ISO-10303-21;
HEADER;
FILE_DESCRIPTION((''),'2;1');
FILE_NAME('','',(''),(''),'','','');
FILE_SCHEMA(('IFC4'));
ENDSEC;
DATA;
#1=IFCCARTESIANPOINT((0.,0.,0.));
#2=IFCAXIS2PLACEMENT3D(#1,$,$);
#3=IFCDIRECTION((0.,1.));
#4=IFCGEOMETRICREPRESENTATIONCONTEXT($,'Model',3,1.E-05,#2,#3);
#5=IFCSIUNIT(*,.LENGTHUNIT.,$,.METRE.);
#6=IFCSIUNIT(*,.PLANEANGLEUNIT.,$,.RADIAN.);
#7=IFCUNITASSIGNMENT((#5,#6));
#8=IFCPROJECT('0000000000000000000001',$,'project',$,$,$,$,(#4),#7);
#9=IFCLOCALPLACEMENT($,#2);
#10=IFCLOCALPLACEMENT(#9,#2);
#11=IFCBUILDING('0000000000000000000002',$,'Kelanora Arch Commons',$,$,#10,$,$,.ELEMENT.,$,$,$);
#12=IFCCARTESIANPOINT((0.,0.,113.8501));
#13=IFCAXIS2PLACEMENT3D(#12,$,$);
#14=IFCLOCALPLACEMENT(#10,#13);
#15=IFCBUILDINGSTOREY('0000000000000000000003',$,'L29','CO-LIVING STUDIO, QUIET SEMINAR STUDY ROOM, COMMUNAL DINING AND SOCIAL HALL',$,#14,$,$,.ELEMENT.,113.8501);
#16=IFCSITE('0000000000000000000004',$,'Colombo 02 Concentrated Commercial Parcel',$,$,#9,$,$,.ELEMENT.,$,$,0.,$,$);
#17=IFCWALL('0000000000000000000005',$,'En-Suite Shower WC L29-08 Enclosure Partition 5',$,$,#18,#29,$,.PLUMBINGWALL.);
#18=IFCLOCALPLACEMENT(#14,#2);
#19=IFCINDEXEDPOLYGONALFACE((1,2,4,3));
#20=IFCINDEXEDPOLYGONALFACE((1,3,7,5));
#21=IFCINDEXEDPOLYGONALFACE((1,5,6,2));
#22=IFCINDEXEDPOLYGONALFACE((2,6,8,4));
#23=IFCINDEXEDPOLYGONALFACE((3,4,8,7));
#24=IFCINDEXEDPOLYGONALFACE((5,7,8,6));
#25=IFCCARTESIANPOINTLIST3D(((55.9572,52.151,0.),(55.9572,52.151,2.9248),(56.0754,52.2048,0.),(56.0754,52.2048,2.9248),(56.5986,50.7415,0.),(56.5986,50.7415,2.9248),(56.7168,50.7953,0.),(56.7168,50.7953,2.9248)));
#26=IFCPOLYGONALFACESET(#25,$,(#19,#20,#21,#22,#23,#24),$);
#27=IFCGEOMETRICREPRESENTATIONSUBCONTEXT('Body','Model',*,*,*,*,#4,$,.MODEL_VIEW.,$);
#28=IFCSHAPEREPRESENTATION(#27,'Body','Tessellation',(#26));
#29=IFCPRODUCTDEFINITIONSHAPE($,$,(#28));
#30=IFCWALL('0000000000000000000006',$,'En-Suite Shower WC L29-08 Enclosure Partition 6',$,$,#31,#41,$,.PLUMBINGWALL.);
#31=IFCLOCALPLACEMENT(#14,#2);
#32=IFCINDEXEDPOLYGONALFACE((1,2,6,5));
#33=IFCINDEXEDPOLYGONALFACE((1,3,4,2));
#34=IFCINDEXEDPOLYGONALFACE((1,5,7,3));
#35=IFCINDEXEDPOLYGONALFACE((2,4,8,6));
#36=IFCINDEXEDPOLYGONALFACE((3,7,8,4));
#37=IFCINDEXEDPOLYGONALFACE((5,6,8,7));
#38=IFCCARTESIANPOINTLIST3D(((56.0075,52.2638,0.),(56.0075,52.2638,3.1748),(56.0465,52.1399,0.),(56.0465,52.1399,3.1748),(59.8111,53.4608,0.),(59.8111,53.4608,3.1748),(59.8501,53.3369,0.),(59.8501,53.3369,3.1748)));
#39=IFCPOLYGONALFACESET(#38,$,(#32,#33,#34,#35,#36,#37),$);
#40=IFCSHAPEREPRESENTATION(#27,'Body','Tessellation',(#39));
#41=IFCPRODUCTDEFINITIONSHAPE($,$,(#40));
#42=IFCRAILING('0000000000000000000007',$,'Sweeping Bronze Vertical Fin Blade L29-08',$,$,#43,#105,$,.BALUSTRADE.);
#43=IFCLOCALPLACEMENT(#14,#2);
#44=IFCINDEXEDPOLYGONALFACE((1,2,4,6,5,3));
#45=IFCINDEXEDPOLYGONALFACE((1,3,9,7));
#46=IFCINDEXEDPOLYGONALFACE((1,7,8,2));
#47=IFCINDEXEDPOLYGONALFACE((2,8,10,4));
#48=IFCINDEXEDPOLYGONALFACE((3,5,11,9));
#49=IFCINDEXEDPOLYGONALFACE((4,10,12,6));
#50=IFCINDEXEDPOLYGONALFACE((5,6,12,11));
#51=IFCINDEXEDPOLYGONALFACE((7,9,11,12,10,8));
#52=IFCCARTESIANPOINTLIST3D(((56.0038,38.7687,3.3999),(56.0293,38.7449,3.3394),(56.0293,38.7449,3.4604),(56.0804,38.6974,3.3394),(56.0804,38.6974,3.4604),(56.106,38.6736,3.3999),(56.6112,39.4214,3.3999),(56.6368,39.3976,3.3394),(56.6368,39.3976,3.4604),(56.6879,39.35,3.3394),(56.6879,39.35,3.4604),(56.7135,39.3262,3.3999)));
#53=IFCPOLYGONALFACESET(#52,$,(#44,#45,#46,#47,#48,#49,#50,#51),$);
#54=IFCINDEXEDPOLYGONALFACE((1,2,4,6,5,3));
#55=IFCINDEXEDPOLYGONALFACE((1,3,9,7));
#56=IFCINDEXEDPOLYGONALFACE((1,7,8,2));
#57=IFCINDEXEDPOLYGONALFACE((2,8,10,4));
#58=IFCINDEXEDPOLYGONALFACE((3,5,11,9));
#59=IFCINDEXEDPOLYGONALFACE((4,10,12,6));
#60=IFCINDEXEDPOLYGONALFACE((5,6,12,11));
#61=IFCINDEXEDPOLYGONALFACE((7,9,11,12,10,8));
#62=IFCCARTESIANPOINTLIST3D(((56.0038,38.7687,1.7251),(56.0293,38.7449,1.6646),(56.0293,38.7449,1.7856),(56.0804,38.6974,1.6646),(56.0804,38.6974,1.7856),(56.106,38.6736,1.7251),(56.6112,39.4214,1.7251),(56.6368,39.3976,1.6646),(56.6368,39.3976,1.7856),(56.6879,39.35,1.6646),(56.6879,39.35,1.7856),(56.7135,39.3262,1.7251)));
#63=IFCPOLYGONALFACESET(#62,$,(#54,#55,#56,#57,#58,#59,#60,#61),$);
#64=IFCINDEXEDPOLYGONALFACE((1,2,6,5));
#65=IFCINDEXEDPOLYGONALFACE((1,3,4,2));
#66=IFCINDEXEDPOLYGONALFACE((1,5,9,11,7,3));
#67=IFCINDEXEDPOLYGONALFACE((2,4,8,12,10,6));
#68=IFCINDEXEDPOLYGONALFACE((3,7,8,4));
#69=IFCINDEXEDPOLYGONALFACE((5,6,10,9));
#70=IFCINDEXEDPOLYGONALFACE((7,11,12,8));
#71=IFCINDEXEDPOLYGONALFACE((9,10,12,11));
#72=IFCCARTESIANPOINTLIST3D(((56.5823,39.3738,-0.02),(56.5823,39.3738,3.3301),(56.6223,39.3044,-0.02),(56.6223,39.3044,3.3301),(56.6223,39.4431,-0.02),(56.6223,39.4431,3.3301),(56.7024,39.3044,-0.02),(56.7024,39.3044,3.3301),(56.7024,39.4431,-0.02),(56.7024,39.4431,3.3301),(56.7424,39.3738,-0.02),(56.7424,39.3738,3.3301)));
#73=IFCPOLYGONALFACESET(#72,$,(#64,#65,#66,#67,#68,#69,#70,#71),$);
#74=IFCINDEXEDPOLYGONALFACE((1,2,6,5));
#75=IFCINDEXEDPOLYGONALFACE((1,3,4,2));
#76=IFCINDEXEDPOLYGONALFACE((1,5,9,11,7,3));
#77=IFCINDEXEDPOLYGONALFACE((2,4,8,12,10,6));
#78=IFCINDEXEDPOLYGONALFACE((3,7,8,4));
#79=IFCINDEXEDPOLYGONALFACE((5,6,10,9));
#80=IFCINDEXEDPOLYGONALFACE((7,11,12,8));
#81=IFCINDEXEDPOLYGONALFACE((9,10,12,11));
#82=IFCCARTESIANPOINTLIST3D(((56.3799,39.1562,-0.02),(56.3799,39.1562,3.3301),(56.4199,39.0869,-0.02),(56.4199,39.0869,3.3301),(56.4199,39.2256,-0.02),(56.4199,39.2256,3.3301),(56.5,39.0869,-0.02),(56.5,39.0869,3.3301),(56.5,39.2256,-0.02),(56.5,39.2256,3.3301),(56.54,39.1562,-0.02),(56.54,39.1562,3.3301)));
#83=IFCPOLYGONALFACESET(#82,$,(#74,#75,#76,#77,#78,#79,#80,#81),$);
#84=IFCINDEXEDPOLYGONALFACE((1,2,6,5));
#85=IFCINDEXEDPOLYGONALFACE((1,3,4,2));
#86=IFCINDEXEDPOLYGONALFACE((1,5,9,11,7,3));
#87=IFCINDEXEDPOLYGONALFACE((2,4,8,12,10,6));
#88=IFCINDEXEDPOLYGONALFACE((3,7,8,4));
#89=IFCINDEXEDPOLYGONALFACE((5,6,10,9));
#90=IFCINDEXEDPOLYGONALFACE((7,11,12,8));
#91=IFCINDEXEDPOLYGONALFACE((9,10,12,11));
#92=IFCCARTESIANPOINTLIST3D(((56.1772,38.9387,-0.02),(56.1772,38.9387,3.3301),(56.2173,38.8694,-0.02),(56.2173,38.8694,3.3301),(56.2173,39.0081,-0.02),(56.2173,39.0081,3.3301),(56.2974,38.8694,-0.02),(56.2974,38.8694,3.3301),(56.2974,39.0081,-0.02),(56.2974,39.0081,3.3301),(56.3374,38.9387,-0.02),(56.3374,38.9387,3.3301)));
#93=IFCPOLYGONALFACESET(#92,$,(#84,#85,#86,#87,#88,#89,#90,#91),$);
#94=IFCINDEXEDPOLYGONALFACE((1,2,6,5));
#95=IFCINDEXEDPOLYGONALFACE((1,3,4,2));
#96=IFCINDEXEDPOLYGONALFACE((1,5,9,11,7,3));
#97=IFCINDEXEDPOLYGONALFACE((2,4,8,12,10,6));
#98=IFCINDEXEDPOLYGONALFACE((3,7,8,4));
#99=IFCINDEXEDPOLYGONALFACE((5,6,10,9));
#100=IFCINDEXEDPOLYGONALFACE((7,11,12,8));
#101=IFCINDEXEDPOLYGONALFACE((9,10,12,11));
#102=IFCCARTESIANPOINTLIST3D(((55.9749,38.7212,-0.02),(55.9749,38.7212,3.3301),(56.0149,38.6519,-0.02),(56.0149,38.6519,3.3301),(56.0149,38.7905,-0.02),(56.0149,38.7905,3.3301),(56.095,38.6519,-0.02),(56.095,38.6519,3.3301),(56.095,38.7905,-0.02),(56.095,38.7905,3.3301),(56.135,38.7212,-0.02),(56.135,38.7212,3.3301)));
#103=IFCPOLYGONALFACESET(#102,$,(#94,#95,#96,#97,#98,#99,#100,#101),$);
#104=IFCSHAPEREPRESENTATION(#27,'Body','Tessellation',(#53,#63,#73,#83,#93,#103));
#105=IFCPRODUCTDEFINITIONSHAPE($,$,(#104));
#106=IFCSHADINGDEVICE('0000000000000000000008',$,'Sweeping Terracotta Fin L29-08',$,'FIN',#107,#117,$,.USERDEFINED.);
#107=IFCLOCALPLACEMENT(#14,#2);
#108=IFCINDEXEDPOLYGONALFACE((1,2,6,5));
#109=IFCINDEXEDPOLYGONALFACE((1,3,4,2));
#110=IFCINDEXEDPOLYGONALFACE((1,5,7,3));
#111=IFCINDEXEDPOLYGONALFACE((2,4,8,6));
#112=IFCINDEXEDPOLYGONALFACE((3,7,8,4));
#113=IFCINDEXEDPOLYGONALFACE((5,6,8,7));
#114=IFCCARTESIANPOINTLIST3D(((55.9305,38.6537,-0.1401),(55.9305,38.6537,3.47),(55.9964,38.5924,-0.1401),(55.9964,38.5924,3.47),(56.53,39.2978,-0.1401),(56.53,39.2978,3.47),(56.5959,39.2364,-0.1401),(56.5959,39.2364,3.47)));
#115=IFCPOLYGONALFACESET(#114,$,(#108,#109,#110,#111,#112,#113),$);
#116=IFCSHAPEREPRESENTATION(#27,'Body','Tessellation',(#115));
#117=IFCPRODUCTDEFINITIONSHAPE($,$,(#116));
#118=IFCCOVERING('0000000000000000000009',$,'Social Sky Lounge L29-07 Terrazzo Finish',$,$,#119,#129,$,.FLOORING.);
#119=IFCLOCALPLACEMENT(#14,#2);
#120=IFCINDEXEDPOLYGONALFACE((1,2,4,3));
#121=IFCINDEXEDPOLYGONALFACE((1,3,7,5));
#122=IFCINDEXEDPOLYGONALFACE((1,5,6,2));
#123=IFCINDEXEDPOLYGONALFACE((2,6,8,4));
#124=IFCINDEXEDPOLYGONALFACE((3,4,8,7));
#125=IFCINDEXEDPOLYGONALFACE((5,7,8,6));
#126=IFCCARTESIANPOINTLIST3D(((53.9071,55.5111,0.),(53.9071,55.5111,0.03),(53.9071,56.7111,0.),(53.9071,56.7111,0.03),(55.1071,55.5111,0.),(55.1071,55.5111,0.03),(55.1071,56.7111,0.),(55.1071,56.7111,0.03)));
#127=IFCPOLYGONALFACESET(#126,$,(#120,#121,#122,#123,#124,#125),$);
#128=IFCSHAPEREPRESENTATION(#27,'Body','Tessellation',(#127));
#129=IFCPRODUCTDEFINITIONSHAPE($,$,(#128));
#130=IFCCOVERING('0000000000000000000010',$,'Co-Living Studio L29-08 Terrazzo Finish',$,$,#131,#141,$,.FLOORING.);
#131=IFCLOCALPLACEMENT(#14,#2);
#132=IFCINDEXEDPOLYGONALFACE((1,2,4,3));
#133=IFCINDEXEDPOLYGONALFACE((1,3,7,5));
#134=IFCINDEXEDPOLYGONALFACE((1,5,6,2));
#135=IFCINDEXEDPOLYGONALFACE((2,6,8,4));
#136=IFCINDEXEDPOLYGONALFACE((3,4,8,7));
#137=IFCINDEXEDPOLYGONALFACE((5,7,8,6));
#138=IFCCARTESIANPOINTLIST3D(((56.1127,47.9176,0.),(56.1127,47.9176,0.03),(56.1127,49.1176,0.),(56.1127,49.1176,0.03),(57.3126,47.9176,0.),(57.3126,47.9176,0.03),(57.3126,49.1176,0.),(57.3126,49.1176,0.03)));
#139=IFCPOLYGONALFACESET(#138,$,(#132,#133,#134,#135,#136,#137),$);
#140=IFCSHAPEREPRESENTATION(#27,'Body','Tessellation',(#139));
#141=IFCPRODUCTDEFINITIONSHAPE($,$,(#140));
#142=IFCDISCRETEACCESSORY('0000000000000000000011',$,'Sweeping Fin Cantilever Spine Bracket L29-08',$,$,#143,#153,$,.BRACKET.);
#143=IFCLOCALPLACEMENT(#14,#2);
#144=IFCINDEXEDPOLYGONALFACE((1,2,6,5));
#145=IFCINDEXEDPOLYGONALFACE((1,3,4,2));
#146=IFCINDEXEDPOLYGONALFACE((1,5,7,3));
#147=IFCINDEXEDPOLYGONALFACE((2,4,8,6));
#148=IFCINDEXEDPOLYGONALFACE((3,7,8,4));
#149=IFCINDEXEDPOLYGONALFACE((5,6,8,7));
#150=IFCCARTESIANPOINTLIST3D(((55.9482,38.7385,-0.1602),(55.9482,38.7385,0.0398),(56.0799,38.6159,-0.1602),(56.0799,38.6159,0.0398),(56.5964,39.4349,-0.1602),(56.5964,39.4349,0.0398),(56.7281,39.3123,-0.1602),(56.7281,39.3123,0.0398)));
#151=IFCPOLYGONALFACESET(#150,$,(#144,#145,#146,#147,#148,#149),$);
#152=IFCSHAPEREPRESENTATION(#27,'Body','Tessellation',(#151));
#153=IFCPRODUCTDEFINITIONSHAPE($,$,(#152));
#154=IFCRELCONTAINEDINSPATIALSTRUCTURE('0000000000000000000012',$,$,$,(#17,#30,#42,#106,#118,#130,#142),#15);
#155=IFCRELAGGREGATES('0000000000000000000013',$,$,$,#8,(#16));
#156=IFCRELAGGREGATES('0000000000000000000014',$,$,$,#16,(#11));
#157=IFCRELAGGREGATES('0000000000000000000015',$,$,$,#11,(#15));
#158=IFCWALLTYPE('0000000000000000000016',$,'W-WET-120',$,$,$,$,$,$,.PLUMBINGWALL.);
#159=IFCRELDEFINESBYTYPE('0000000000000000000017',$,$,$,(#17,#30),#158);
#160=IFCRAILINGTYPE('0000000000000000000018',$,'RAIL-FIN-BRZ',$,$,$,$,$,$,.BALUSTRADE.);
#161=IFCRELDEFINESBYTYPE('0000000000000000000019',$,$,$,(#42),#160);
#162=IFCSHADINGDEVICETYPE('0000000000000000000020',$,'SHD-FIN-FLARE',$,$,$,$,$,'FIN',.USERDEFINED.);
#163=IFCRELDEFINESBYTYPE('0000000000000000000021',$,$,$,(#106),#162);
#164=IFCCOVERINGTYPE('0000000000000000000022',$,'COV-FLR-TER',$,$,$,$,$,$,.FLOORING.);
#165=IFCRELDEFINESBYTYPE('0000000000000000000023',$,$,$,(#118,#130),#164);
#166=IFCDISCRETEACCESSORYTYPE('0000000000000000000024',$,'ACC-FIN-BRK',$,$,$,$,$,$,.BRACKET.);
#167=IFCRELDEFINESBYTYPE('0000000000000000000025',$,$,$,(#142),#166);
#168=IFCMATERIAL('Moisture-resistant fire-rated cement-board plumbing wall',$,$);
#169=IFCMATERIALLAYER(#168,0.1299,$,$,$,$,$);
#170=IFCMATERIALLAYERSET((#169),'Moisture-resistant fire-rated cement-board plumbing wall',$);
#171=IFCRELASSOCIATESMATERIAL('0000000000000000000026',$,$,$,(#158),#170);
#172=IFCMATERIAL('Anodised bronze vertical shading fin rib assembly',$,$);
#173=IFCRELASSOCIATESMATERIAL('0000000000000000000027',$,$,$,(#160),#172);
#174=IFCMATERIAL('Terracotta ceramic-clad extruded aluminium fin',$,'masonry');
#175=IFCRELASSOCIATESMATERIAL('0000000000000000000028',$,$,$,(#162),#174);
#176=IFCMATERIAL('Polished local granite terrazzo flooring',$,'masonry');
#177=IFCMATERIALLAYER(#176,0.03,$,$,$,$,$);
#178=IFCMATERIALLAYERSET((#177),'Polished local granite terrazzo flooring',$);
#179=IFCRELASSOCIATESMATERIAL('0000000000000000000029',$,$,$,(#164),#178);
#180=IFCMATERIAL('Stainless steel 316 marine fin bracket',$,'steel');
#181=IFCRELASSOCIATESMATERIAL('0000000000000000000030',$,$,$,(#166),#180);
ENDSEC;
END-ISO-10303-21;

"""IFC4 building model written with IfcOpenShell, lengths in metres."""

from ifc_helpers import new_model, si_unit, direction, frame, frame_2d, origin, origin_2d, place, context, subcontext, project, spatial, polyline, rectangle, outline, extrude, source, transform, mapped, material, layer, layer_set, type_object, element, save


model = new_model("IFC4")

# Units and contexts
model_context = context("Model", 3, precision=1e-05, world=origin(), true_north=direction((0.0, 1.0)))
body_context = subcontext(model_context, "Body", "Model", "MODEL_VIEW")
ifc_project = project(units=[si_unit("LENGTHUNIT", "METRE"), si_unit("PLANEANGLEUNIT", "RADIAN")], contexts=[model_context])

# Site, building, storey
site_placement = place(None, origin())
site = spatial("IfcSite", under=ifc_project, at=site_placement, Name="Colombo 02 Concentrated Commercial Parcel", CompositionType="ELEMENT", RefElevation=0.0)
building_placement = place(site_placement, origin())
building = spatial("IfcBuilding", under=site, at=building_placement, Name="Kelanora Arch Commons", CompositionType="ELEMENT")
storey_placement = place(building_placement, frame((0.0, 0.0, 113.8501)))
storey = spatial("IfcBuildingStorey", under=building, at=storey_placement, Name="L29", Description="CO-LIVING STUDIO, QUIET SEMINAR STUDY ROOM, COMMUNAL DINING AND SOCIAL HALL", CompositionType="ELEMENT", Elevation=113.8501)

# Shared definitions
ifc_material_1 = material(Name="Moisture-resistant fire-rated cement-board plumbing wall")
ifc_layer_1 = layer(ifc_material_1, 0.1299)
ifc_layer_set_1 = layer_set([ifc_layer_1], Name="Moisture-resistant fire-rated cement-board plumbing wall")
wall_type_1 = type_object("IfcWallType", Name="W-WET-120", PredefinedType="PLUMBINGWALL", material=ifc_layer_set_1)

# Walls
wall_1_placement = place(storey_placement, frame((56.6577, 50.7683, 0.0), z_axis=(0.0, 0.0, 1.0), x_axis=(-0.414183, 0.910194, 0.0)))
element("IfcWall", 1, at=wall_1_placement, inside=storey, type_object=wall_type_1, Name="En-Suite Shower WC L29-08 Enclosure Partition 5", PredefinedType="PLUMBINGWALL", context=body_context, shape_type="SweptSolid", body=[
    extrude(rectangle(XDim=1.5486, YDim=0.1299, at=frame_2d((0.7744, 0.0))), origin(), (0.0, 0.0, 1.0), 2.9248),
])
wall_2_placement = place(storey_placement, frame((56.0271, 52.2019, 0.0), z_axis=(0.0, 0.0, 1.0), x_axis=(0.953881, 0.300185, 0.0)))
element("IfcWall", 2, at=wall_2_placement, inside=storey, type_object=wall_type_1, Name="En-Suite Shower WC L29-08 Enclosure Partition 6", PredefinedType="PLUMBINGWALL", context=body_context, shape_type="SweptSolid", body=[
    extrude(rectangle(XDim=3.9875, YDim=0.1299, at=frame_2d((1.9937, 0.0))), origin(), (0.0, 0.0, 1.0), 3.1748),
])

# Railing
ifc_material_2 = material(Name="Anodised bronze vertical shading fin rib assembly")
railing_type = type_object("IfcRailingType", Name="RAIL-FIN-BRZ", PredefinedType="BALUSTRADE", material=ifc_material_2)
railing_placement = place(storey_placement, frame((56.6624, 39.3738, -0.02)))
element("IfcRailing", 3, at=railing_placement, inside=storey, type_object=railing_type, Name="Sweeping Bronze Vertical Fin Blade L29-08", PredefinedType="BALUSTRADE", context=body_context, shape_type="SweptSolid", body=[
    extrude(outline(polyline([(0.0698, 0.0), (0.0349, 0.0605), (-0.0349, 0.0605), (-0.0698, 0.0), (-0.0349, -0.0605), (0.0349, -0.0605), (0.0698, 0.0)])), frame((0.0, 0.0, 3.4199), z_axis=(-0.681322, -0.731983, 0.0), x_axis=(0.731983, -0.681322, 0.0)), (0.0, 0.0, 1.0), 0.8916),
    extrude(outline(polyline([(0.0698, 0.0), (0.0349, 0.0605), (-0.0349, 0.0605), (-0.0698, 0.0), (-0.0349, -0.0605), (0.0349, -0.0605), (0.0698, 0.0)])), frame((0.0, 0.0, 1.7451), z_axis=(-0.681322, -0.731983, 0.0), x_axis=(0.731983, -0.681322, 0.0)), (0.0, 0.0, 1.0), 0.8916),
    extrude(outline(polyline([(0.0801, 0.0), (0.04, 0.0693), (-0.04, 0.0693), (-0.0801, 0.0), (-0.04, -0.0693), (0.04, -0.0693), (0.0801, 0.0)])), origin(), (0.0, 0.0, 1.0), 3.3501),
    extrude(outline(polyline([(0.0801, 0.0), (0.04, 0.0693), (-0.04, 0.0693), (-0.0801, 0.0), (-0.04, -0.0693), (0.04, -0.0693), (0.0801, 0.0)])), frame((-0.2024, -0.2175, 0.0)), (0.0, 0.0, 1.0), 3.3501),
    extrude(outline(polyline([(0.0801, 0.0), (0.04, 0.0693), (-0.04, 0.0693), (-0.0801, 0.0), (-0.04, -0.0693), (0.04, -0.0693), (0.0801, 0.0)])), frame((-0.405, -0.4351, 0.0)), (0.0, 0.0, 1.0), 3.3501),
    extrude(outline(polyline([(0.0801, 0.0), (0.04, 0.0693), (-0.04, 0.0693), (-0.0801, 0.0), (-0.04, -0.0693), (0.04, -0.0693), (0.0801, 0.0)])), frame((-0.6074, -0.6526, 0.0)), (0.0, 0.0, 1.0), 3.3501),
])

# Shading device
ifc_material_3 = material(Name="Terracotta ceramic-clad extruded aluminium fin", Category="masonry")
shading_device_type = type_object("IfcShadingDeviceType", Name="SHD-FIN-FLARE", ElementType="FIN", PredefinedType="USERDEFINED", material=ifc_material_3)
shared_shape_1 = source(origin(), body_context, "Body", "SweptSolid", [
    extrude(rectangle(XDim=0.8799, YDim=0.0901, at=origin_2d()), origin(), (0.0, 0.0, 1.0), 3.6101),
])
shading_device_placement = place(storey_placement, frame((56.2632, 38.9451, -0.1401), z_axis=(0.0, 0.0, 1.0), x_axis=(-0.68136, -0.731949, 0.0)))
element("IfcShadingDevice", 4, at=shading_device_placement, inside=storey, type_object=shading_device_type, Name="Sweeping Terracotta Fin L29-08", ObjectType="FIN", PredefinedType="USERDEFINED", context=body_context, shape_type="MappedRepresentation", body=[
    mapped(shared_shape_1, transform((0.0, 0.0, 0.0), scale=1.0)),
])

# Coverings
ifc_material_4 = material(Name="Polished local granite terrazzo flooring", Category="masonry")
ifc_layer_2 = layer(ifc_material_4, 0.03)
ifc_layer_set_2 = layer_set([ifc_layer_2], Name="Polished local granite terrazzo flooring")
covering_type = type_object("IfcCoveringType", Name="COV-FLR-TER", PredefinedType="FLOORING", material=ifc_layer_set_2)
shared_shape_2 = source(origin(), body_context, "Body", "SweptSolid", [
    extrude(rectangle(XDim=1.2, YDim=1.2, at=origin_2d()), origin(), (0.0, 0.0, 1.0), 0.03),
])
for number, where, z_axis, x_axis, name in (
    (5, (54.5071, 56.1111, 0.0), (0.0, 0.0, 1.0), (1.0, 0.0, 0.0), "Social Sky Lounge L29-07 Terrazzo Finish"),
    (6, (56.7126, 48.5176, 0.0), (0.0, 0.0, 1.0), (1.0, 0.0, 0.0), "Co-Living Studio L29-08 Terrazzo Finish"),
):
    element("IfcCovering", number, at=place(storey_placement, frame(where, z_axis=z_axis, x_axis=x_axis)), inside=storey, type_object=covering_type, Name=name, PredefinedType="FLOORING", context=body_context, shape_type="MappedRepresentation", body=[
        mapped(shared_shape_2, transform((0.0, 0.0, 0.0), scale=1.0)),
    ])

# Discrete accessory
ifc_material_5 = material(Name="Stainless steel 316 marine fin bracket", Category="steel")
discrete_accessory_type = type_object("IfcDiscreteAccessoryType", Name="ACC-FIN-BRK", PredefinedType="BRACKET", material=ifc_material_5)
shared_shape_3 = source(origin(), body_context, "Body", "SweptSolid", [
    extrude(rectangle(XDim=0.9514, YDim=0.1799, at=origin_2d()), origin(), (0.0, 0.0, 1.0), 0.2),
])
discrete_accessory_placement = place(storey_placement, frame((56.3381, 39.0254, -0.1602), z_axis=(0.0, 0.0, 1.0), x_axis=(-0.68136, -0.731949, 0.0)))
element("IfcDiscreteAccessory", 7, at=discrete_accessory_placement, inside=storey, type_object=discrete_accessory_type, Name="Sweeping Fin Cantilever Spine Bracket L29-08", PredefinedType="BRACKET", context=body_context, shape_type="MappedRepresentation", body=[
    mapped(shared_shape_3, transform((0.0, 0.0, 0.0), scale=1.0)),
])

save(model, "model.ifc")
